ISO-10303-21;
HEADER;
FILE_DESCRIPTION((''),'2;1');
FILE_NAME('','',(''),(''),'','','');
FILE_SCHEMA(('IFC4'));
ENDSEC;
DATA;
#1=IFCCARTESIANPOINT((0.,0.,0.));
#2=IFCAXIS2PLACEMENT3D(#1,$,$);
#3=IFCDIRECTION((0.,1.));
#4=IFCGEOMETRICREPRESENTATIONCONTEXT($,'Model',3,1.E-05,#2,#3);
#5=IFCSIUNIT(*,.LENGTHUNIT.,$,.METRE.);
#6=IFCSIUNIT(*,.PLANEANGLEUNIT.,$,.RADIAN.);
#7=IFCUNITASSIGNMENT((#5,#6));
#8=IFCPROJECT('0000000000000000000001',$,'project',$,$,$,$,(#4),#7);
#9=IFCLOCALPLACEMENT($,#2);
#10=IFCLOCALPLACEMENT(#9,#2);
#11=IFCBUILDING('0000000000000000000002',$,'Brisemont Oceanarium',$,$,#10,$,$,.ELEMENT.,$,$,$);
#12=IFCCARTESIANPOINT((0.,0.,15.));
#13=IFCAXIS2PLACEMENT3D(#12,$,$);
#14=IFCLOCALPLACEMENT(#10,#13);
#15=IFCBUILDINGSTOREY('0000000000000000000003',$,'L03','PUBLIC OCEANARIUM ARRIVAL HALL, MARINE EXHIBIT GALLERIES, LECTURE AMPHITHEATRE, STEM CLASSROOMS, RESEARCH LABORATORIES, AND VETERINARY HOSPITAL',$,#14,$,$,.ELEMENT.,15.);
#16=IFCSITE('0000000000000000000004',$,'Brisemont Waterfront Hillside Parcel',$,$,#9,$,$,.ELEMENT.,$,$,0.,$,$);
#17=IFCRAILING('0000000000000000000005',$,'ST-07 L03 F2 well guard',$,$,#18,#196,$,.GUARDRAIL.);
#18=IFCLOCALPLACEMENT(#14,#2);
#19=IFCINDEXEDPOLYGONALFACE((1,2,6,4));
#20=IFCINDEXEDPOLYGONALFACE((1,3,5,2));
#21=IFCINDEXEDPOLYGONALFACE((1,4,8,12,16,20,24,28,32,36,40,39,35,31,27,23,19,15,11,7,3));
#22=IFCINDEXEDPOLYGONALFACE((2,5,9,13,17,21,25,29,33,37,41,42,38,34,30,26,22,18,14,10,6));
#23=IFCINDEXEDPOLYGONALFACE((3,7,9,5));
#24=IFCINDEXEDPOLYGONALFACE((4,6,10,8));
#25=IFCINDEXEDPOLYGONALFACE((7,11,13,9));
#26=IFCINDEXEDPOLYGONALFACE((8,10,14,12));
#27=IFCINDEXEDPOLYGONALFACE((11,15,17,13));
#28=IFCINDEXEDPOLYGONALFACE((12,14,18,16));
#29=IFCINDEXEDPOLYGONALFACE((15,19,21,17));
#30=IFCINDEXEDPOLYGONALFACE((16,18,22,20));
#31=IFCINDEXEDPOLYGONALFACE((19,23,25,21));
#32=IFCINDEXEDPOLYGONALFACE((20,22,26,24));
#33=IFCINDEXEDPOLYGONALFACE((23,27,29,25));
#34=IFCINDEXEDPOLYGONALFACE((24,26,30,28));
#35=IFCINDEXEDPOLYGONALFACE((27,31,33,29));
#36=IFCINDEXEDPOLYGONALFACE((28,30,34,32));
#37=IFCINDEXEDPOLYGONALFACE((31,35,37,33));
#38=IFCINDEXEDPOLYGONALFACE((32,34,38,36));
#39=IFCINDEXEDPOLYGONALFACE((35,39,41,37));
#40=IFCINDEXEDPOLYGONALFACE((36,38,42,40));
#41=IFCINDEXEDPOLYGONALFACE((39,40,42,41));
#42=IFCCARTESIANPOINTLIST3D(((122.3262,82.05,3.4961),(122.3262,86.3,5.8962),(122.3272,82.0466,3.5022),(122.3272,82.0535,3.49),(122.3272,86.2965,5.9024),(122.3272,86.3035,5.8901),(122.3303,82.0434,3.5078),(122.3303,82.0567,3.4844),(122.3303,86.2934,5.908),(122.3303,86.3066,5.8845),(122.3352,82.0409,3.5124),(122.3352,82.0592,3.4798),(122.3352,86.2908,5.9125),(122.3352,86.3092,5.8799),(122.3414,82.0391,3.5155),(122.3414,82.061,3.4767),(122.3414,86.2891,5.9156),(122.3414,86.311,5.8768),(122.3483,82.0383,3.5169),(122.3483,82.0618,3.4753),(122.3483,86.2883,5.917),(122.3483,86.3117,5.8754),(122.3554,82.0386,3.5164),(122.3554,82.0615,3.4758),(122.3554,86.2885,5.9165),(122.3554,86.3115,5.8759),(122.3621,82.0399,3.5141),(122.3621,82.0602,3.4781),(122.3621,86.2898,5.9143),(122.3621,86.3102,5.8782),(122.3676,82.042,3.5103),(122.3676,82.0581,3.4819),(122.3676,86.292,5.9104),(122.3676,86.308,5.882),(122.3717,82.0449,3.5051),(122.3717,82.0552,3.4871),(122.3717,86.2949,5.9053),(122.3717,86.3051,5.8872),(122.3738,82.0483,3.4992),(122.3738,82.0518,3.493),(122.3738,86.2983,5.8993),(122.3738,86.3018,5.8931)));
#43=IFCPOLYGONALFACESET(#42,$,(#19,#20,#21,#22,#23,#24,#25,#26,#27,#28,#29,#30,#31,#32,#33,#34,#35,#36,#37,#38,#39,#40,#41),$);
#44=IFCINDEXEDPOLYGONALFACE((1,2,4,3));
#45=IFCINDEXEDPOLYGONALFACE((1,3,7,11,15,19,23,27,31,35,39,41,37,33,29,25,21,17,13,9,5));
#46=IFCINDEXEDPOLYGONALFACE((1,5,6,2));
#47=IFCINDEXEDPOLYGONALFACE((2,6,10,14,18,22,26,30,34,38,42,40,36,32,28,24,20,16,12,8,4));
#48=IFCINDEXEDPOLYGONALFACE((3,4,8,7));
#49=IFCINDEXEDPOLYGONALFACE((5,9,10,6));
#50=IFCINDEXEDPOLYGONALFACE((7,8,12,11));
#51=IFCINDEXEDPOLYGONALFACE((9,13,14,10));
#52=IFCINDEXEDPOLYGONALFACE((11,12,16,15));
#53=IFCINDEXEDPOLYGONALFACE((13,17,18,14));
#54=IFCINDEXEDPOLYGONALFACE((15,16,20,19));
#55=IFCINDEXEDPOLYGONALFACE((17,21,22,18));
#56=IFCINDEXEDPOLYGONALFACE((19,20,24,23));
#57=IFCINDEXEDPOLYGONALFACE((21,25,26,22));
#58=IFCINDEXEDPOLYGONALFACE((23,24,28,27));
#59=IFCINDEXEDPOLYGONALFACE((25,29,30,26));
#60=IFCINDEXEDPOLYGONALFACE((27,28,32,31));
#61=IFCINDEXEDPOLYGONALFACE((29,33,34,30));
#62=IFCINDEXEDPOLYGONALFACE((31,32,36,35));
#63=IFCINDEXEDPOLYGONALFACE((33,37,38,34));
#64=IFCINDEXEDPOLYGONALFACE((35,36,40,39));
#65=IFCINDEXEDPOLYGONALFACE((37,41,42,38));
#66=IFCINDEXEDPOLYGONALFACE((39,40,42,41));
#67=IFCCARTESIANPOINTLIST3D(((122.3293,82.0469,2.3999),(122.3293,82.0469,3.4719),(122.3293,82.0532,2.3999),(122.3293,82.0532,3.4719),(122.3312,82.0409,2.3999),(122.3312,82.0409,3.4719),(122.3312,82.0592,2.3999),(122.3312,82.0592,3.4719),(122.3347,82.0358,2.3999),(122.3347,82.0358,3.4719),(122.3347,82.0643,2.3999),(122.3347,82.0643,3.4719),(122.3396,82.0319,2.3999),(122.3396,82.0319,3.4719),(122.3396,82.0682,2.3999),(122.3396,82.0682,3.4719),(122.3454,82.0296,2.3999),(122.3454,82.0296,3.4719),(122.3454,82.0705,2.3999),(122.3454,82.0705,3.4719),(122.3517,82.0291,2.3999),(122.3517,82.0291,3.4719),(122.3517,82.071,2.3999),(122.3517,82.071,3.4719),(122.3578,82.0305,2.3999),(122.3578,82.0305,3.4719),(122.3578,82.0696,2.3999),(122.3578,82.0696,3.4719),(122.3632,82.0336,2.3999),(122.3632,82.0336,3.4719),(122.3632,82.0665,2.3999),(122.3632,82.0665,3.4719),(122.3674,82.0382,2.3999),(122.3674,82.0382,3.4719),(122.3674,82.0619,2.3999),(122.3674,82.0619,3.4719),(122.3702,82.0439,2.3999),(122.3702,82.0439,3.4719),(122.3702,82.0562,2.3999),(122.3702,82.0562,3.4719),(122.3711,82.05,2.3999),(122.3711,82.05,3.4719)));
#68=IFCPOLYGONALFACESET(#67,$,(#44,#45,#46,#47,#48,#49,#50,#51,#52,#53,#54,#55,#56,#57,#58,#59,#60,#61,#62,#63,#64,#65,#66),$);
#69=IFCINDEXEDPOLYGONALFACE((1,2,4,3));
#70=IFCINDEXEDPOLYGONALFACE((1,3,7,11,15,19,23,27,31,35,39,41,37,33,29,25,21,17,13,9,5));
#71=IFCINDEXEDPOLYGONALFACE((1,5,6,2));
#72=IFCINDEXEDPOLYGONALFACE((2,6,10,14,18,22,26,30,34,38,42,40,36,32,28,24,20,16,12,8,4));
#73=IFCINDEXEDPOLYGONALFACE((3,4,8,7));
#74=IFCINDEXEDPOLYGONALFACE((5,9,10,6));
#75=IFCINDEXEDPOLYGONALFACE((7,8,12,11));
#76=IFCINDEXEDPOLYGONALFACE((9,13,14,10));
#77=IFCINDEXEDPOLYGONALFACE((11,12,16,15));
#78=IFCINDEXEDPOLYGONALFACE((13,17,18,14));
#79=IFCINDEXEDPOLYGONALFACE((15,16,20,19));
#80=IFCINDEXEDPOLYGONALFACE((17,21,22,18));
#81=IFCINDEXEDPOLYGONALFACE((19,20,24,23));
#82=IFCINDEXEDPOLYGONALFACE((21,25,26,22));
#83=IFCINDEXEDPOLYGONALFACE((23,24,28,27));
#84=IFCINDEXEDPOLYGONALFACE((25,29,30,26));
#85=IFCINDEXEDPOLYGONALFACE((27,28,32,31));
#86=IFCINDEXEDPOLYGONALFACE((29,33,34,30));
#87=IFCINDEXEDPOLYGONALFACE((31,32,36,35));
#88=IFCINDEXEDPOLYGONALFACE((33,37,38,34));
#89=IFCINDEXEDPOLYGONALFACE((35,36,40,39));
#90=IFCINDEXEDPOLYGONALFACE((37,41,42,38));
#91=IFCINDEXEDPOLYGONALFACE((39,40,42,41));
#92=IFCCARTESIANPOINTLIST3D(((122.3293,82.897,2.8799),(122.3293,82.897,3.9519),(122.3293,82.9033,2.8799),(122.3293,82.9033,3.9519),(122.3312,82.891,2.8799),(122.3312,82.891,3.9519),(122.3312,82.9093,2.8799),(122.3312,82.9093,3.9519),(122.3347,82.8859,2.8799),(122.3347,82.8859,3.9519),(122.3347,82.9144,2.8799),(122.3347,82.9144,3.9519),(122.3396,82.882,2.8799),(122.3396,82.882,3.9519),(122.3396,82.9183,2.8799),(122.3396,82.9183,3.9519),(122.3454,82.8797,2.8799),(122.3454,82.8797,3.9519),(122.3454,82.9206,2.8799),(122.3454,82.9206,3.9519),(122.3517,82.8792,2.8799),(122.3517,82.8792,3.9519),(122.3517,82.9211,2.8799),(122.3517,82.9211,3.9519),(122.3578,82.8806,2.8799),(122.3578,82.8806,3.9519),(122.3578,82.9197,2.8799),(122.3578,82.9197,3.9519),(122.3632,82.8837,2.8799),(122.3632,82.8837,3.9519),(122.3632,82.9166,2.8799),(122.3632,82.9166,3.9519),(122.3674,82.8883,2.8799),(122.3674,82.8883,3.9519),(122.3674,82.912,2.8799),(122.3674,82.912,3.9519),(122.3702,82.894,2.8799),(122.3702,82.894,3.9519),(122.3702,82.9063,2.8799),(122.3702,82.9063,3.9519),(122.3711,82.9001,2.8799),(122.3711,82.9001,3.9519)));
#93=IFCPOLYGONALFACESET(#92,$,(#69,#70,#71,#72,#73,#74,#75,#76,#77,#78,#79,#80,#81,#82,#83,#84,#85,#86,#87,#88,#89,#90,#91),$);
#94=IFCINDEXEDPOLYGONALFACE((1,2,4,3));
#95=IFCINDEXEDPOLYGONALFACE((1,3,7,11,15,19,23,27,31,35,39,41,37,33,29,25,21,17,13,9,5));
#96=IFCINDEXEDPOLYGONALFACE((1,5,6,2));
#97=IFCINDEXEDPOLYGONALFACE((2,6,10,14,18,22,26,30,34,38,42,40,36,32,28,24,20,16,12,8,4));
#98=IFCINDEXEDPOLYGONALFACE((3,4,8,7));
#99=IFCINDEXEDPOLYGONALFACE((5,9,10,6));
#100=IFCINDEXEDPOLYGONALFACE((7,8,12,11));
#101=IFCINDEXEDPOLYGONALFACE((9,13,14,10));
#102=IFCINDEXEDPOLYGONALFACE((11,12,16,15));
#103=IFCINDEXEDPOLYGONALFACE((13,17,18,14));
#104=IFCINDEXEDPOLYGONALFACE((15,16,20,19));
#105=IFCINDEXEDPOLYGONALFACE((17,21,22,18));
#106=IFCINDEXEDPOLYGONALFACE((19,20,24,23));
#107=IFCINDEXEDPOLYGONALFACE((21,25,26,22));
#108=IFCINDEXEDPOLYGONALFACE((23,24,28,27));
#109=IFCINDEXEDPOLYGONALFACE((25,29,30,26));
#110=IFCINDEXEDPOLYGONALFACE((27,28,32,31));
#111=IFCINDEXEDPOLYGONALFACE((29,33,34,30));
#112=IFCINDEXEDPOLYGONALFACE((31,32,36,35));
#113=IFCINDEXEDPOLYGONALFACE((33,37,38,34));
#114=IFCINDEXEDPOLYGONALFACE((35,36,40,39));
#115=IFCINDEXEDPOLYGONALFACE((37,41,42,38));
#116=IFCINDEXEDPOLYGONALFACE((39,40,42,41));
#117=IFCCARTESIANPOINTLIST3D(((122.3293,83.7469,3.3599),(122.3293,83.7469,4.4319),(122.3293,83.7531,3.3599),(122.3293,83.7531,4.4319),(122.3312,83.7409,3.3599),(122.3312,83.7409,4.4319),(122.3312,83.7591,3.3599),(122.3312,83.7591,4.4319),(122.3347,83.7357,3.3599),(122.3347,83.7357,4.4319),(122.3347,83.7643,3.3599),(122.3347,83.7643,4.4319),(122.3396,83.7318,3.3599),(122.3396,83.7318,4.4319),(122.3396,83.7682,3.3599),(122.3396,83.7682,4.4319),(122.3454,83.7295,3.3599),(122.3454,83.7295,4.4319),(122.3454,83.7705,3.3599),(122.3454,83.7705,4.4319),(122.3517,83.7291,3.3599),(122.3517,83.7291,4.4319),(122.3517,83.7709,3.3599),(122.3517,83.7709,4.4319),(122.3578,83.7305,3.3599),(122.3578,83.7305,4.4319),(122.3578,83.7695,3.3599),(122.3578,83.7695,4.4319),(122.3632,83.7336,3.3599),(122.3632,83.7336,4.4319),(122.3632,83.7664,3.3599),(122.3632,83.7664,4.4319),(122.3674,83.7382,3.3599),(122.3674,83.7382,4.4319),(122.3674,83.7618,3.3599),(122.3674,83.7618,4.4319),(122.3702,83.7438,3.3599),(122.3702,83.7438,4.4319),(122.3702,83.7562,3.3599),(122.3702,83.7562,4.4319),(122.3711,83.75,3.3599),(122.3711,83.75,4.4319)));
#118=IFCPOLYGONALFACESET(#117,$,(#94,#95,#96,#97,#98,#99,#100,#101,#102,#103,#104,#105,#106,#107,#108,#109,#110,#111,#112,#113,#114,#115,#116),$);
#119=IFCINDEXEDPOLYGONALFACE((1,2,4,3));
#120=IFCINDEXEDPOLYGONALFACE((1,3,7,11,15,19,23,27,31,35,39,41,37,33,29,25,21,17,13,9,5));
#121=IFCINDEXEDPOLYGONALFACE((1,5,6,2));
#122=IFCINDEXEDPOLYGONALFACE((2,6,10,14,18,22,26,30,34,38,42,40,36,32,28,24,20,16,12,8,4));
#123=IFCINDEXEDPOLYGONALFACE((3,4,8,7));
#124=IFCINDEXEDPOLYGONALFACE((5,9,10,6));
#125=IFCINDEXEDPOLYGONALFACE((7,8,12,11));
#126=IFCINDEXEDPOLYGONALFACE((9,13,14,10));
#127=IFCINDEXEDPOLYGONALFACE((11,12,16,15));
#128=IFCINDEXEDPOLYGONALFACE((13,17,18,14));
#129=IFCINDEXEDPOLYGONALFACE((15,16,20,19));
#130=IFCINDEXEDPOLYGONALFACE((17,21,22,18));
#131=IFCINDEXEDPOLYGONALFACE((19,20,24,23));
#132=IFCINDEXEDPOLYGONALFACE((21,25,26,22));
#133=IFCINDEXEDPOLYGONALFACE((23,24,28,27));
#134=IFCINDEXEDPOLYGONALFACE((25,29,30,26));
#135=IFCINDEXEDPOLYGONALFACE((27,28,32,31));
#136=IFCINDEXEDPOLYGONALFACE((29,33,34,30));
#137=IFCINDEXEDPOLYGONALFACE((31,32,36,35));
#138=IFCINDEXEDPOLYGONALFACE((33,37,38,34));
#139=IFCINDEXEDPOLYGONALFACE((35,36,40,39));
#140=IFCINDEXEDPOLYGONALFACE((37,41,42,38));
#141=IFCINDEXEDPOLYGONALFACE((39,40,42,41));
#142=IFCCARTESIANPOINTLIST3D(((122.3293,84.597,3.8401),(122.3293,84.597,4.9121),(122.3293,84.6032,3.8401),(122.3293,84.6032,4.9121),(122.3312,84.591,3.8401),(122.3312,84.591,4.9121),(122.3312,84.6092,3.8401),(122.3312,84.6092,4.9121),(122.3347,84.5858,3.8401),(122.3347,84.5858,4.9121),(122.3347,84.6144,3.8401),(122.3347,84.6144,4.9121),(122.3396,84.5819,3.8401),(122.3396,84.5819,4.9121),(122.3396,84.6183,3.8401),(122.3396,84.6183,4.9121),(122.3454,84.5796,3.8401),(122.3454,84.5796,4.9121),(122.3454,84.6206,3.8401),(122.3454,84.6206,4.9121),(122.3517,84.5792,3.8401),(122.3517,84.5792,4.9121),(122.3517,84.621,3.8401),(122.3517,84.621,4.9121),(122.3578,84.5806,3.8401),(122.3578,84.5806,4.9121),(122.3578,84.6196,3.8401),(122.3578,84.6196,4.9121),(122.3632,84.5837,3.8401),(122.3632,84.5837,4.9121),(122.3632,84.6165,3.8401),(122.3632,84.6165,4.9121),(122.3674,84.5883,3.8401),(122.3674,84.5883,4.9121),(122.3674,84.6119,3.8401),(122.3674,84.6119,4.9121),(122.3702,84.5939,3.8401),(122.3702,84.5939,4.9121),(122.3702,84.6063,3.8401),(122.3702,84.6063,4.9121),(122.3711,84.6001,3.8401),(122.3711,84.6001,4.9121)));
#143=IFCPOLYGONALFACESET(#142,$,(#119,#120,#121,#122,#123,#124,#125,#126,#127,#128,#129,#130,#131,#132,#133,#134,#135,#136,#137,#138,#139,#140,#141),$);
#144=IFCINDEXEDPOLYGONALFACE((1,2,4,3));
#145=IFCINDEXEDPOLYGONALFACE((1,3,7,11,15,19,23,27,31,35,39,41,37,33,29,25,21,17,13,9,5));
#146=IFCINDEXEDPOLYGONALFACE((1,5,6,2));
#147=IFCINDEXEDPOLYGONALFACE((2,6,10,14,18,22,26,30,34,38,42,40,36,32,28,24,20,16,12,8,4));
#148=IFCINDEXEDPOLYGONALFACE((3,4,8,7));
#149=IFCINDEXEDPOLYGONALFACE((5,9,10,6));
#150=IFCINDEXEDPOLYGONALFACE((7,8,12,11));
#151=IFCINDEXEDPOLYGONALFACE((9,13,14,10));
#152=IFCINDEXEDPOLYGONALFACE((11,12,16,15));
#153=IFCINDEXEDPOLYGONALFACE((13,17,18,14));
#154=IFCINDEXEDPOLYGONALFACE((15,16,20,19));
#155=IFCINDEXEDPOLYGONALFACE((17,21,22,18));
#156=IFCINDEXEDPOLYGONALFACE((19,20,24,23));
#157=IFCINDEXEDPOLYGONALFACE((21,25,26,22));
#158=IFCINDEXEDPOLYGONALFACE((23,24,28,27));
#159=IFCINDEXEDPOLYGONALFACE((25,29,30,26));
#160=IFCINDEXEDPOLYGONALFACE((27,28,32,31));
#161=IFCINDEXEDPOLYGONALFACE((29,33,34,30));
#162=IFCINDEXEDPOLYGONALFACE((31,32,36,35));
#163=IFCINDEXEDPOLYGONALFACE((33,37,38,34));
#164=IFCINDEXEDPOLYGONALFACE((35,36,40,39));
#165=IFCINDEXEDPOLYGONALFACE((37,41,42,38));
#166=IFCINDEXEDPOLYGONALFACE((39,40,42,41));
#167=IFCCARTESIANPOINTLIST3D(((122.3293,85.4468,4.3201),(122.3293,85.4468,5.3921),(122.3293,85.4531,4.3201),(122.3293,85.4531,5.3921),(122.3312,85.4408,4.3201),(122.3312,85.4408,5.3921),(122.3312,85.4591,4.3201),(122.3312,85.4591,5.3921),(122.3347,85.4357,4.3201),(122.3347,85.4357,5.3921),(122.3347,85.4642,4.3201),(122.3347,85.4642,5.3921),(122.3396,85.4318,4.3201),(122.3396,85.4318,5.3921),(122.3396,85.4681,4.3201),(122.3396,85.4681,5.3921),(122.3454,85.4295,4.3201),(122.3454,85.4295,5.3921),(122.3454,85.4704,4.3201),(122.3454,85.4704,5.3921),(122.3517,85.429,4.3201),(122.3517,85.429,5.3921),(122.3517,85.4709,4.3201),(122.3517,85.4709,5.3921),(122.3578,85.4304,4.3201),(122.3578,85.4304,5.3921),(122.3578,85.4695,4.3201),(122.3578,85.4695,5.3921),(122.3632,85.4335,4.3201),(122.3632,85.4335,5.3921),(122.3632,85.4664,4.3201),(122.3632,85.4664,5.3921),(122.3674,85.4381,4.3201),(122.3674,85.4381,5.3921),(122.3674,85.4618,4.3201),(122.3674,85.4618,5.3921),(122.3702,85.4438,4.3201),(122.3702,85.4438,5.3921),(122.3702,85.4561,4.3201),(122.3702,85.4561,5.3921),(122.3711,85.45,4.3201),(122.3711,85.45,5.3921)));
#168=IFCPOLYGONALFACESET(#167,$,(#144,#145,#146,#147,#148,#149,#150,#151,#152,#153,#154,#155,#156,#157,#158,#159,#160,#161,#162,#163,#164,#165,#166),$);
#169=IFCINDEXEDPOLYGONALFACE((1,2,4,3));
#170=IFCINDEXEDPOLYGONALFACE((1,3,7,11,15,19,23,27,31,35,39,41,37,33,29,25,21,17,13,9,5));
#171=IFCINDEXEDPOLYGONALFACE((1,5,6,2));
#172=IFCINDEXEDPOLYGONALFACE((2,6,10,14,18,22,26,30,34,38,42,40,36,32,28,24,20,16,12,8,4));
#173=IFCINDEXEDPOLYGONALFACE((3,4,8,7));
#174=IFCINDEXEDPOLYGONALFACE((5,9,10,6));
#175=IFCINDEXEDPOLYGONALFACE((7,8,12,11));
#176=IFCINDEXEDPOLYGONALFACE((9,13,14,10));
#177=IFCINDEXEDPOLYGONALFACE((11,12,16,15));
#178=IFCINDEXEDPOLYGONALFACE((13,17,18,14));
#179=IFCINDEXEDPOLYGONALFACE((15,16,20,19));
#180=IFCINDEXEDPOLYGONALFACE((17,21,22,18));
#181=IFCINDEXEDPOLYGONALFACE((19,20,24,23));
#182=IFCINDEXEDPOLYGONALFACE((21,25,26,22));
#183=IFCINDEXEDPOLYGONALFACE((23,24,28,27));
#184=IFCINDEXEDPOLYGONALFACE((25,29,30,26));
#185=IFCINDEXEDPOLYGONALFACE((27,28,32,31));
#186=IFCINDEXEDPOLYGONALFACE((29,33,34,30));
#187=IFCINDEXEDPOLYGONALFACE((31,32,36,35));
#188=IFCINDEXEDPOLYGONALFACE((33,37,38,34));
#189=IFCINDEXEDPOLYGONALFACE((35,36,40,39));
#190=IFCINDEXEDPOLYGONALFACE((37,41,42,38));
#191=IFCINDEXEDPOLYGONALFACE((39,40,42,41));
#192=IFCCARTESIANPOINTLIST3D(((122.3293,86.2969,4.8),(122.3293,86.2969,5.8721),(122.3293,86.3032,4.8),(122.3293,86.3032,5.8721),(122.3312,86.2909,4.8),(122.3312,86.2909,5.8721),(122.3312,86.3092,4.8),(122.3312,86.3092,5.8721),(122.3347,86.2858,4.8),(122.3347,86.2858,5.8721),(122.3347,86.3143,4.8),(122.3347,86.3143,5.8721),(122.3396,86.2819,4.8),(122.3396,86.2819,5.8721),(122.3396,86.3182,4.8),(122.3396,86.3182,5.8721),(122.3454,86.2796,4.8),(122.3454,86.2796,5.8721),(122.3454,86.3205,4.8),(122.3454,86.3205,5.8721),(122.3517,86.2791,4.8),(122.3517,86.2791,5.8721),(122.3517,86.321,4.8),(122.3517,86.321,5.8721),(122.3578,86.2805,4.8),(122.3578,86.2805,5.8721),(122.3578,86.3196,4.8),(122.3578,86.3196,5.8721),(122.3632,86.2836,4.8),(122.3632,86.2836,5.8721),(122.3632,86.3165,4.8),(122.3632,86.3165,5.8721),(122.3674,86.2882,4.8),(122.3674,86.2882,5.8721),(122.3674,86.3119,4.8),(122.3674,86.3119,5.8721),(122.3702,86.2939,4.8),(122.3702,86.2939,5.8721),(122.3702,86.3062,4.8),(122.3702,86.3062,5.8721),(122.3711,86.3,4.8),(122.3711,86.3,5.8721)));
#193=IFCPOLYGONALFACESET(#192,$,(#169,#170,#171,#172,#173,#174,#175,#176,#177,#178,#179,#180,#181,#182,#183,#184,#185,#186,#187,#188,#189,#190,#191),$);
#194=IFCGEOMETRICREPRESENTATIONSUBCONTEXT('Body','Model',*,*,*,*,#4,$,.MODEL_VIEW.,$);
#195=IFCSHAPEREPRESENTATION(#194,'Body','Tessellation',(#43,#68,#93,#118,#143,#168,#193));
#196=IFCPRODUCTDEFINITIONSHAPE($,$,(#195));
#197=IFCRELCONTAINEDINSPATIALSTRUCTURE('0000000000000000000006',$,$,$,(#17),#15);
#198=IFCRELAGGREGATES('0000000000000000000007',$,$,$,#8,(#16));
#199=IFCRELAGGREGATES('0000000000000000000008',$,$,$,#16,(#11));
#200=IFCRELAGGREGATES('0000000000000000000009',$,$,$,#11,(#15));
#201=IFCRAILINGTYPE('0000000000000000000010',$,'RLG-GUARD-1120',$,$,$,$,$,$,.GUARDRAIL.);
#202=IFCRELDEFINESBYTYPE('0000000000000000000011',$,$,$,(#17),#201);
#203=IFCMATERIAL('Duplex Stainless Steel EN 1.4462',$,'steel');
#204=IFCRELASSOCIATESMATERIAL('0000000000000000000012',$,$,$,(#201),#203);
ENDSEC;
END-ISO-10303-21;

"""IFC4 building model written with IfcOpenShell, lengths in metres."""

from ifc_helpers import new_model, si_unit, direction, frame, origin, origin_2d, place, context, subcontext, project, spatial, circle, extrude, material, type_object, element, save


model = new_model("IFC4")

# Units and contexts
model_context = context("Model", 3, precision=1e-05, world=origin(), true_north=direction((0.0, 1.0)))
body_context = subcontext(model_context, "Body", "Model", "MODEL_VIEW")
ifc_project = project(units=[si_unit("LENGTHUNIT", "METRE"), si_unit("PLANEANGLEUNIT", "RADIAN")], contexts=[model_context])

# Site, building, storey
site_placement = place(None, origin())
site = spatial("IfcSite", under=ifc_project, at=site_placement, Name="Brisemont Waterfront Hillside Parcel", CompositionType="ELEMENT", RefElevation=0.0)
building_placement = place(site_placement, origin())
building = spatial("IfcBuilding", under=site, at=building_placement, Name="Brisemont Oceanarium", CompositionType="ELEMENT")
storey_placement = place(building_placement, frame((0.0, 0.0, 15.0)))
storey = spatial("IfcBuildingStorey", under=building, at=storey_placement, Name="L03", Description="PUBLIC OCEANARIUM ARRIVAL HALL, MARINE EXHIBIT GALLERIES, LECTURE AMPHITHEATRE, STEM CLASSROOMS, RESEARCH LABORATORIES, AND VETERINARY HOSPITAL", CompositionType="ELEMENT", Elevation=15.0)

# Railing
ifc_material_1 = material(Name="Duplex Stainless Steel EN 1.4462", Category="steel")
railing_type_1 = type_object("IfcRailingType", Name="RLG-GUARD-1120", PredefinedType="GUARDRAIL", material=ifc_material_1)
railing_1_placement = place(storey_placement, frame((122.3501, 82.05, 2.3999)))
element("IfcRailing", 1, at=railing_1_placement, inside=storey, type_object=railing_type_1, Name="ST-07 L03 F2 well guard", PredefinedType="GUARDRAIL", context=body_context, shape_type="SweptSolid", body=[
    extrude(circle(Radius=0.0239, at=origin_2d()), frame((0.0, 0.0, 1.0962), z_axis=(0.0, 0.870741, 0.491742), x_axis=(-1.0, 0.0, 0.0)), (0.0, 0.0, 1.0), 4.8809),
    extrude(circle(Radius=0.021, at=origin_2d()), origin(), (0.0, 0.0, 1.0), 1.072),
    extrude(circle(Radius=0.021, at=origin_2d()), frame((0.0, 0.8501, 0.48)), (0.0, 0.0, 1.0), 1.072),
    extrude(circle(Radius=0.021, at=origin_2d()), frame((0.0, 1.7, 0.96)), (0.0, 0.0, 1.0), 1.072),
    extrude(circle(Radius=0.021, at=origin_2d()), frame((0.0, 2.55, 1.4402)), (0.0, 0.0, 1.0), 1.072),
    extrude(circle(Radius=0.021, at=origin_2d()), frame((0.0, 3.3999, 1.9202)), (0.0, 0.0, 1.0), 1.072),
    extrude(circle(Radius=0.021, at=origin_2d()), frame((0.0, 4.25, 2.4001)), (0.0, 0.0, 1.0), 1.072),
])

save(model, "model.ifc")
